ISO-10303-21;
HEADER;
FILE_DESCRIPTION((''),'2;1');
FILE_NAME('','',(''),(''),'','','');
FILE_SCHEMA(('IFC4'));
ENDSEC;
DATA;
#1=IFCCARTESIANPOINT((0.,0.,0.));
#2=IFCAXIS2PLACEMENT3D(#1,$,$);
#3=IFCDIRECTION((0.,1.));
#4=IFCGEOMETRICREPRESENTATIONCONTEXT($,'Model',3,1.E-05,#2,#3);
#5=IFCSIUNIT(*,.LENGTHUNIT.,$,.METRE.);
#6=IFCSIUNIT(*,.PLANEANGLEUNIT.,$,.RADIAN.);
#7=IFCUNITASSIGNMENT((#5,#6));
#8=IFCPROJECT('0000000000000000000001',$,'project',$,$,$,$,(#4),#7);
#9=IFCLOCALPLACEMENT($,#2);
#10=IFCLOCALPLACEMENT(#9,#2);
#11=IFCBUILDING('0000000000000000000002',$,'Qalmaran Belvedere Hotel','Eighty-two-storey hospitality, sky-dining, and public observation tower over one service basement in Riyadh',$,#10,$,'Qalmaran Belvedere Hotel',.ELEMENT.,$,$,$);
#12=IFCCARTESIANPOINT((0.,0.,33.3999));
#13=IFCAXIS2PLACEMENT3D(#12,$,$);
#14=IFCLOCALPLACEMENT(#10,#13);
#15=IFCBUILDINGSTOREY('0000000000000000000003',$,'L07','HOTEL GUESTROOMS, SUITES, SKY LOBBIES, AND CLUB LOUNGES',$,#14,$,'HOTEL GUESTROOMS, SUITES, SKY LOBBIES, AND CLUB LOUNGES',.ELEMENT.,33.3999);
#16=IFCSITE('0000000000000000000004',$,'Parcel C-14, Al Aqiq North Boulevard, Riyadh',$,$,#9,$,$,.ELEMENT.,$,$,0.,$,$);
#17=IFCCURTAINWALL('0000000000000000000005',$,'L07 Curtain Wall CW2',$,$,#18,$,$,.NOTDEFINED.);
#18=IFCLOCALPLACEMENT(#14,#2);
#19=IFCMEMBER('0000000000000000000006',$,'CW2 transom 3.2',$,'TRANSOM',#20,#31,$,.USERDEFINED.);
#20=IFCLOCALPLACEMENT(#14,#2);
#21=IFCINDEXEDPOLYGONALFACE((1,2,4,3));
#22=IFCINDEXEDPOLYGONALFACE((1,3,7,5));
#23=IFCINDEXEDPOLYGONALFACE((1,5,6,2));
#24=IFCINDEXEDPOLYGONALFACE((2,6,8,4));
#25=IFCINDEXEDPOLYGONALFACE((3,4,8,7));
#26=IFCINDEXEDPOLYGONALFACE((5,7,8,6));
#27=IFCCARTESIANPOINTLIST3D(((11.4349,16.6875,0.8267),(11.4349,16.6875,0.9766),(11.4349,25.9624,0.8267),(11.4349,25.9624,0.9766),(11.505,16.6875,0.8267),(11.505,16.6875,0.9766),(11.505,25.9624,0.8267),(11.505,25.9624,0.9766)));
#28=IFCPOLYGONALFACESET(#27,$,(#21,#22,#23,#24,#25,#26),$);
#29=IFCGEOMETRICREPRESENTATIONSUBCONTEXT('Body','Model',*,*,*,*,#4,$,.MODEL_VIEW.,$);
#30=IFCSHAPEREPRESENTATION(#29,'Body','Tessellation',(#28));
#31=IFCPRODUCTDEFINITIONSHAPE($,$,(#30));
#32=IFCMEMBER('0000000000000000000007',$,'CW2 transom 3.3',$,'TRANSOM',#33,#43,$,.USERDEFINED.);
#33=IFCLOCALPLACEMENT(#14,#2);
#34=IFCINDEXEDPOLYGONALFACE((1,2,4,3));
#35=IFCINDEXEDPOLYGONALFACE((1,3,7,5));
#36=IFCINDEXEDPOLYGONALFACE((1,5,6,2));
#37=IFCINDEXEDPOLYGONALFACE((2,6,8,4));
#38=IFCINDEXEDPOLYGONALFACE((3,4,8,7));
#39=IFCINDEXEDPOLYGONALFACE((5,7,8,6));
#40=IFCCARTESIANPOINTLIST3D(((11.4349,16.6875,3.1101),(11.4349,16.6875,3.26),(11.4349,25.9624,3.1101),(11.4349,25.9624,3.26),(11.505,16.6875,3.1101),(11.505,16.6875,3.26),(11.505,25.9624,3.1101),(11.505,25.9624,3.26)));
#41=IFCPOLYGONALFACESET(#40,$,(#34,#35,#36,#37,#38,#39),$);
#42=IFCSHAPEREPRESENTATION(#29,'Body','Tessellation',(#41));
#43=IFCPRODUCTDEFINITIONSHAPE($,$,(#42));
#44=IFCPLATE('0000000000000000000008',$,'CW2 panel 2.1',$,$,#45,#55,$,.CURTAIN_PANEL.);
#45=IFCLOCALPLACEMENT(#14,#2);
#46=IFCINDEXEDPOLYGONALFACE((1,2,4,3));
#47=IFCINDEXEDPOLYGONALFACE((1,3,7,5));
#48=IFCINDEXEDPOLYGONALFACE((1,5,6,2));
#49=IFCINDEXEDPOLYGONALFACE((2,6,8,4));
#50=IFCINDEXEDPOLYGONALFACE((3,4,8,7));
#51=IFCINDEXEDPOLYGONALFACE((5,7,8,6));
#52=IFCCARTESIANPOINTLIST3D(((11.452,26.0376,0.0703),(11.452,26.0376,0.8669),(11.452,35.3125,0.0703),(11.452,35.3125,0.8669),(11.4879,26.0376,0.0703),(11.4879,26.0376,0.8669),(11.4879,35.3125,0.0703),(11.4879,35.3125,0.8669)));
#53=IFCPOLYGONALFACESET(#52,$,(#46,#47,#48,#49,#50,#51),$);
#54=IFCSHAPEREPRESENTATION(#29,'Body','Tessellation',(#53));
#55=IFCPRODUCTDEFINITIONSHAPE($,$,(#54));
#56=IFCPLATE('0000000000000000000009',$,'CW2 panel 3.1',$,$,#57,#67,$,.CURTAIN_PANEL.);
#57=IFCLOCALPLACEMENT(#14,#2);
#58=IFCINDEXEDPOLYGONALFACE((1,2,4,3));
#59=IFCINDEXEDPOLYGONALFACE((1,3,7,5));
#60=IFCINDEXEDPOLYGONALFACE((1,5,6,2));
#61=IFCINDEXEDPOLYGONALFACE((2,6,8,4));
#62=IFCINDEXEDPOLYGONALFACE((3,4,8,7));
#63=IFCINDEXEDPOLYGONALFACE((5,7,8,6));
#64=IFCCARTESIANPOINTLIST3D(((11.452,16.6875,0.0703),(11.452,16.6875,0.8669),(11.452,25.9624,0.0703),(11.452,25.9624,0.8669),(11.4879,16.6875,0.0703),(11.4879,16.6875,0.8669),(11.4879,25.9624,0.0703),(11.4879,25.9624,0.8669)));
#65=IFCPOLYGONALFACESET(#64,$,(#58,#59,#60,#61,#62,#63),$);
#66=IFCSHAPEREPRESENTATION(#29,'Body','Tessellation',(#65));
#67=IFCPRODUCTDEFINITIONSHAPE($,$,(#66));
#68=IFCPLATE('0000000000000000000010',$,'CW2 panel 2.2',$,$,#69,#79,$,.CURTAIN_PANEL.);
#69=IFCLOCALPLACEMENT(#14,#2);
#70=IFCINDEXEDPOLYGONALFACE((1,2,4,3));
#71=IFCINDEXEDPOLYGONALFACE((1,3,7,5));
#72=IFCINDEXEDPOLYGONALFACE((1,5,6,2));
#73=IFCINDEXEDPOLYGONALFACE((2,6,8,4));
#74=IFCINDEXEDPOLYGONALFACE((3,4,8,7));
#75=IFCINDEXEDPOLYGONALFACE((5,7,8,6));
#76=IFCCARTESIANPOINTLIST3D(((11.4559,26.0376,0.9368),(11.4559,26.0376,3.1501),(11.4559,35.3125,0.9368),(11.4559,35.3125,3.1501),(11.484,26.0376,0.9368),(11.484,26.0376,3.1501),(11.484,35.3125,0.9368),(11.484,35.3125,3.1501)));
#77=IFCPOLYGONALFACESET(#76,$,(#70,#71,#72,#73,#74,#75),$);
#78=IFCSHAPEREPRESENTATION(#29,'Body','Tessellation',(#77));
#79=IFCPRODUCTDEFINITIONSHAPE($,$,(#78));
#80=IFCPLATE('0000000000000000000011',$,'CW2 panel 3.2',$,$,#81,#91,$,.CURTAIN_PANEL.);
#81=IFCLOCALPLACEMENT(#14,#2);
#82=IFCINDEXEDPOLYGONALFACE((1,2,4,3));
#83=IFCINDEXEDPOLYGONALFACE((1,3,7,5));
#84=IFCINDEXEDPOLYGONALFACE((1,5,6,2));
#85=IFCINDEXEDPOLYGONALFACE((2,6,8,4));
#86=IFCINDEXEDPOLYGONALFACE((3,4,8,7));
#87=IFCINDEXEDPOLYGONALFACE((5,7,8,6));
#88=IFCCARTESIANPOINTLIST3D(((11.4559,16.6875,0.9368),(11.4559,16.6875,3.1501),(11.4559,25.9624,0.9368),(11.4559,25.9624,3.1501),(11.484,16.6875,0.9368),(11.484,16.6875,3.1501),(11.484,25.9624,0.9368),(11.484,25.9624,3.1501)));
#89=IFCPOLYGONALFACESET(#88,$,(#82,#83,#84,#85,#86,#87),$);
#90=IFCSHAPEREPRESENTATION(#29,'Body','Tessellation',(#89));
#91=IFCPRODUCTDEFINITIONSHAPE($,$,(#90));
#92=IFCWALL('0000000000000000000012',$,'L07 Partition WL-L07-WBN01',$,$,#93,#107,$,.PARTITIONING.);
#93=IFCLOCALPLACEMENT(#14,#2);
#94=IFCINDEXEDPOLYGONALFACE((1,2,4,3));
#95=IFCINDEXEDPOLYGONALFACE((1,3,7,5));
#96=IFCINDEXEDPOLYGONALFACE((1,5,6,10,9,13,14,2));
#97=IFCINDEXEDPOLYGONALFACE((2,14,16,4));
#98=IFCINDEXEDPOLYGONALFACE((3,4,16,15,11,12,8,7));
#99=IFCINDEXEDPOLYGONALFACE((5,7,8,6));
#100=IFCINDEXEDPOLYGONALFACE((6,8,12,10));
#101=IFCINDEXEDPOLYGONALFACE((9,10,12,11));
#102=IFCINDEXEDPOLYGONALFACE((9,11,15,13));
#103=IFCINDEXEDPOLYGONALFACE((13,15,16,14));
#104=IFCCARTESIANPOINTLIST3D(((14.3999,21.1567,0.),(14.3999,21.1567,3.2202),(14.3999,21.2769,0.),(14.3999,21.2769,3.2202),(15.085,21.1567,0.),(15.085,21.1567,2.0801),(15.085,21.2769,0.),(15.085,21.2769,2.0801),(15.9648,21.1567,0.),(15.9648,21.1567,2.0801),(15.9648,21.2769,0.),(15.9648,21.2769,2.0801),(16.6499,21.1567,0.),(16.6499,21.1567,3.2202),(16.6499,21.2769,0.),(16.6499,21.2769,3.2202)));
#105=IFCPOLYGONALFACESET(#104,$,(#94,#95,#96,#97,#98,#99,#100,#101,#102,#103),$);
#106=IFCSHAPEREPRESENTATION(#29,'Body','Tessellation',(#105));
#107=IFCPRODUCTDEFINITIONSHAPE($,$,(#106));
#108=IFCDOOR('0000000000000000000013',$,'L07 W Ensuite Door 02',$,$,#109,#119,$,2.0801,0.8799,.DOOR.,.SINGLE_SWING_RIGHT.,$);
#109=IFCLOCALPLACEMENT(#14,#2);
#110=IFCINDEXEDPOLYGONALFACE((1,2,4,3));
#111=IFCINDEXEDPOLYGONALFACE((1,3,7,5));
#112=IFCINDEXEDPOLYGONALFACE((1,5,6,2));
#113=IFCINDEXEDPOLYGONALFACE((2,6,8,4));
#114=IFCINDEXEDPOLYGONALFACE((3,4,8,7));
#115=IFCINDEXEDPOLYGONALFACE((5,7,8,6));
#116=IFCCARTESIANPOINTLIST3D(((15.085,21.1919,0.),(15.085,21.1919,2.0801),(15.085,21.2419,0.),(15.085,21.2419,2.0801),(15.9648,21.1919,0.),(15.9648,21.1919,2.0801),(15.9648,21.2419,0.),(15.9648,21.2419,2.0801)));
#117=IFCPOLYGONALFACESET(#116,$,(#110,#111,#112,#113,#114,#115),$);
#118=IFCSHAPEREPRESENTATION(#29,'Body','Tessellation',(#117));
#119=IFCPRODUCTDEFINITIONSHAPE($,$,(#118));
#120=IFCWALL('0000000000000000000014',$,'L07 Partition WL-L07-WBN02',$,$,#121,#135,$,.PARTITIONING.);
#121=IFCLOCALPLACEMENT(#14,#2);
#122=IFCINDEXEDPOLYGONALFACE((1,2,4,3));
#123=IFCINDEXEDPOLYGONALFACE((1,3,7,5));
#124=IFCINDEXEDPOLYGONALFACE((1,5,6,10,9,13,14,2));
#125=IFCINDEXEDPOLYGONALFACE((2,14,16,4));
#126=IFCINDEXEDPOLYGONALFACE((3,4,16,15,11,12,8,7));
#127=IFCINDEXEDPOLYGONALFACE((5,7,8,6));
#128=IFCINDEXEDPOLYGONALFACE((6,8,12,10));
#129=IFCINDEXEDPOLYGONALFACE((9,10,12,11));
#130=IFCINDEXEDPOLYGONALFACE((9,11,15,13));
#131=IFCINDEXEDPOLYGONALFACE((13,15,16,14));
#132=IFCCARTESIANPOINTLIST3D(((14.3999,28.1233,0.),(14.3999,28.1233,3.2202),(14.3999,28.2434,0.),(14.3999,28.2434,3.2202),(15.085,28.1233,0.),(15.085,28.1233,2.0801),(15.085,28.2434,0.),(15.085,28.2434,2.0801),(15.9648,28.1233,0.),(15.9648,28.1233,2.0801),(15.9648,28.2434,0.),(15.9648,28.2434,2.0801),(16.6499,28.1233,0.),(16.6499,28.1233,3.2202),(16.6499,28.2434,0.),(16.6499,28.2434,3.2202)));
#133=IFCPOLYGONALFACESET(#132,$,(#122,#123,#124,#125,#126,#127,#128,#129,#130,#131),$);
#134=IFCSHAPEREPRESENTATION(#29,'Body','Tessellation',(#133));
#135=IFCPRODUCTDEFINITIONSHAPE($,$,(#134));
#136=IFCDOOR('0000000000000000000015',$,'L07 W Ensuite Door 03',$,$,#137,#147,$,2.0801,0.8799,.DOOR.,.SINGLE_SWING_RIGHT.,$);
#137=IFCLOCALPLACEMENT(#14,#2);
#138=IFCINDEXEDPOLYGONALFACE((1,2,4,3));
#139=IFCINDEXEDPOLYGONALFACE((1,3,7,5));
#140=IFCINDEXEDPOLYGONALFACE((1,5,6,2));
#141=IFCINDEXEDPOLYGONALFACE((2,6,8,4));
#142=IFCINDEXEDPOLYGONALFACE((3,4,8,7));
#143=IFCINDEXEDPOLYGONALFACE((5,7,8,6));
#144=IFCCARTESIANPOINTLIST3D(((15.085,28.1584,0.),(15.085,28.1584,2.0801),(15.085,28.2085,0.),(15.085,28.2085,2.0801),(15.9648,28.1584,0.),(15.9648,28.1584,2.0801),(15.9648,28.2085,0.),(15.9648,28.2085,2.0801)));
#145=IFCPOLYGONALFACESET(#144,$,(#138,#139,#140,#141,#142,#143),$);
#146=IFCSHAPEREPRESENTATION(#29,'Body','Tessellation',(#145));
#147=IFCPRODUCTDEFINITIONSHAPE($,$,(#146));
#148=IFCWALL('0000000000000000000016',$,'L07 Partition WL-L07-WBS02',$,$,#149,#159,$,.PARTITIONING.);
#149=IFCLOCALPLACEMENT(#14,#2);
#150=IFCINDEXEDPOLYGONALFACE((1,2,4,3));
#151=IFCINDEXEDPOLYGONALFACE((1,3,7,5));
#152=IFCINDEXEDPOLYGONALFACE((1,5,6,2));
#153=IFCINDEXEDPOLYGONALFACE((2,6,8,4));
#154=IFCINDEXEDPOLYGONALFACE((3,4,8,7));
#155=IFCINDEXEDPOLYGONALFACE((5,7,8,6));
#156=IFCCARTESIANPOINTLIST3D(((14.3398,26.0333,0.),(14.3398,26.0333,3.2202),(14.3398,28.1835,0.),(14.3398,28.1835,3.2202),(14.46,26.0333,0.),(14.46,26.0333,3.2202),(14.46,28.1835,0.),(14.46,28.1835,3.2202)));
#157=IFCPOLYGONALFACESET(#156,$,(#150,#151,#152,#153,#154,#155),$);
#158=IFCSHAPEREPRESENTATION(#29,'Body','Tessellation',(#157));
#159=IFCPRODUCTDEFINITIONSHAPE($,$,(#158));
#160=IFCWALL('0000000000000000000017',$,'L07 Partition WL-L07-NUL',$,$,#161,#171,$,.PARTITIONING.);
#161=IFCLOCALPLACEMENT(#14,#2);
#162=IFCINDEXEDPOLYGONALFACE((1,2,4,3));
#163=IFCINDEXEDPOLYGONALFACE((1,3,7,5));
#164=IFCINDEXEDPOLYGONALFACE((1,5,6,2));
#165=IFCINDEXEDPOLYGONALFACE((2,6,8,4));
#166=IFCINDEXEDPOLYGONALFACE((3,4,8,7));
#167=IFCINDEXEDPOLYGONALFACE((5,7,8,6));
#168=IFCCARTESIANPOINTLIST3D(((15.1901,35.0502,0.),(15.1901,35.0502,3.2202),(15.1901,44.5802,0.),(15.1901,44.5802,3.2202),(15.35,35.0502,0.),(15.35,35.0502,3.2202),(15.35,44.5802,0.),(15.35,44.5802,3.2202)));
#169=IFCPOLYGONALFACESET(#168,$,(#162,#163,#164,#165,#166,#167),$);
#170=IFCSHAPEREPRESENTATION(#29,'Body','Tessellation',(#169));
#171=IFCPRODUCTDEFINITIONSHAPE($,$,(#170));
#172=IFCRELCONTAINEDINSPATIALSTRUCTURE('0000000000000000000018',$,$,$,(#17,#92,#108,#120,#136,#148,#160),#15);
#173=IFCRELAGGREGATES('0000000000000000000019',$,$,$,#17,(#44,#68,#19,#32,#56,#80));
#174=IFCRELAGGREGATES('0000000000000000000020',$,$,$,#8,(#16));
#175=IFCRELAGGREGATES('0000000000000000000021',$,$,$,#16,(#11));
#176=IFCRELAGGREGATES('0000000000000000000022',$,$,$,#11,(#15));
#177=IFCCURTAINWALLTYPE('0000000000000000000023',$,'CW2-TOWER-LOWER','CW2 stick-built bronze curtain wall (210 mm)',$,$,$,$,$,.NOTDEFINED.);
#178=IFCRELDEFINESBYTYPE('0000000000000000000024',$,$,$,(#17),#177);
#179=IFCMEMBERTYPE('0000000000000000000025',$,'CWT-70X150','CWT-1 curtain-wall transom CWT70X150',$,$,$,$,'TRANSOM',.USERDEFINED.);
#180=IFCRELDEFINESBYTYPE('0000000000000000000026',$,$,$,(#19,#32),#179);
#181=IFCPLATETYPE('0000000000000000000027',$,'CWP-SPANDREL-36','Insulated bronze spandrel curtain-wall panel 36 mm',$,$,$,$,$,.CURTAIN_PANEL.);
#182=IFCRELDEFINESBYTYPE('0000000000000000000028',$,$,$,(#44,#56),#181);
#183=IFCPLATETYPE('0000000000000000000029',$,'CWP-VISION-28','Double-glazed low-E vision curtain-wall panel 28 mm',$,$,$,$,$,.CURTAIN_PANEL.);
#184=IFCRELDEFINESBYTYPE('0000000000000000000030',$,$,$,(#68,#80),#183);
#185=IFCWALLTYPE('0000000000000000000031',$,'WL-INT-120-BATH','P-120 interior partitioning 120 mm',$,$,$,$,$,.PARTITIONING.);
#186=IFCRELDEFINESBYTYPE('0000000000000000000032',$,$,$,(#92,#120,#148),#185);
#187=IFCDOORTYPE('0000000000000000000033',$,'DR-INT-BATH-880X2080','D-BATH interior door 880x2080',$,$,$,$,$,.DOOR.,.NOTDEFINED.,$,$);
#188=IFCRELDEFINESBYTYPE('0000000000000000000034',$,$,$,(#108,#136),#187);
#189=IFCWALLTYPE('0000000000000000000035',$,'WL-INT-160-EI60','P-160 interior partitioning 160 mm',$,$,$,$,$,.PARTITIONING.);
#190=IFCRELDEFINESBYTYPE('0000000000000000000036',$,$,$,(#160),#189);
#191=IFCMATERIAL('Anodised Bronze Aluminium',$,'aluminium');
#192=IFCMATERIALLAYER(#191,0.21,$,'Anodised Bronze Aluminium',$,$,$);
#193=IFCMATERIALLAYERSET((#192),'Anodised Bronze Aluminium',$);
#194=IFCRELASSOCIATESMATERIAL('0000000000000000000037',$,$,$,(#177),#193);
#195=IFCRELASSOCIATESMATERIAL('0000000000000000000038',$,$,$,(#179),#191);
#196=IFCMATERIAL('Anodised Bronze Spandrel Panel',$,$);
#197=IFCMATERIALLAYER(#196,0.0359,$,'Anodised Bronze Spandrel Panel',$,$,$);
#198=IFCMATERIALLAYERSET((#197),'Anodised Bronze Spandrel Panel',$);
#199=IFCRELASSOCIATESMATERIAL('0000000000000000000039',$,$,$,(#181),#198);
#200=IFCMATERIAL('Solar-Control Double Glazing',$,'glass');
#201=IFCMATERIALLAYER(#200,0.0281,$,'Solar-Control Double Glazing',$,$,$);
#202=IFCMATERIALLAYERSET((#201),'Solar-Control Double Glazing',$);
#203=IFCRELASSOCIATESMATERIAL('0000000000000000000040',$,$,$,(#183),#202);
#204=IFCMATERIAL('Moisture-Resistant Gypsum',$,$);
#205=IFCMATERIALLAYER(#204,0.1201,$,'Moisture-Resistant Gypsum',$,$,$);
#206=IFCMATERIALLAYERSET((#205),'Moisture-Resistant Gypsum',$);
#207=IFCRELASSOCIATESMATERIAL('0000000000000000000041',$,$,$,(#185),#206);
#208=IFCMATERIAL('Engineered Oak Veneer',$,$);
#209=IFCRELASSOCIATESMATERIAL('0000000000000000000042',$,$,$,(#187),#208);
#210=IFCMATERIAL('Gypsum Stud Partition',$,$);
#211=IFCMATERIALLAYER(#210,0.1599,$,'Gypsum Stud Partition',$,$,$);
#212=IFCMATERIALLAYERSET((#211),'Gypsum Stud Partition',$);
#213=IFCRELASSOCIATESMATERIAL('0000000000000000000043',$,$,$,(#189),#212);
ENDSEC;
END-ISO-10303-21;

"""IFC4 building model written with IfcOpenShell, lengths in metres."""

from ifc_helpers import new_model, si_unit, direction, frame, frame_2d, origin, origin_2d, place, context, subcontext, project, spatial, rectangle, extrude, material, layer, layer_set, material_profile, profile_set, type_object, element, fill, aggregate, save


model = new_model("IFC4")

# Units and contexts
model_context = context("Model", 3, precision=1e-05, world=origin(), true_north=direction((0.0, 1.0)))
body_context = subcontext(model_context, "Body", "Model", "MODEL_VIEW")
ifc_project = project(units=[si_unit("LENGTHUNIT", "METRE"), si_unit("PLANEANGLEUNIT", "RADIAN")], contexts=[model_context])

# Site, building, storey
site_placement = place(None, origin())
site = spatial("IfcSite", under=ifc_project, at=site_placement, Name="Parcel C-14, Al Aqiq North Boulevard, Riyadh", CompositionType="ELEMENT", RefElevation=0.0)
building_placement = place(site_placement, origin())
building = spatial("IfcBuilding", under=site, at=building_placement, Name="Qalmaran Belvedere Hotel", Description="Eighty-two-storey hospitality, sky-dining, and public observation tower over one service basement in Riyadh", LongName="Qalmaran Belvedere Hotel", CompositionType="ELEMENT")
storey_placement = place(building_placement, frame((0.0, 0.0, 33.3999)))
storey = spatial("IfcBuildingStorey", under=building, at=storey_placement, Name="L07", Description="HOTEL GUESTROOMS, SUITES, SKY LOBBIES, AND CLUB LOUNGES", LongName="HOTEL GUESTROOMS, SUITES, SKY LOBBIES, AND CLUB LOUNGES", CompositionType="ELEMENT", Elevation=33.3999)

# Curtain wall, members, plates
ifc_material_1 = material(Name="Anodised Bronze Aluminium", Category="aluminium")
ifc_layer_1 = layer(ifc_material_1, 0.21, Name="Anodised Bronze Aluminium")
ifc_layer_set_1 = layer_set([ifc_layer_1], Name="Anodised Bronze Aluminium")
curtain_wall_type = type_object("IfcCurtainWallType", Name="CW2-TOWER-LOWER", Description="CW2 stick-built bronze curtain wall (210 mm)", PredefinedType="NOTDEFINED", material=ifc_layer_set_1)
curtain_wall_placement = place(storey_placement, origin())
curtain_wall = element("IfcCurtainWall", 1, at=curtain_wall_placement, inside=storey, type_object=curtain_wall_type, Name="L07 Curtain Wall CW2", PredefinedType="NOTDEFINED")
ifc_material_profile_1 = material_profile(ifc_material_1, rectangle(XDim=0.0701, YDim=0.1499, at=origin_2d()), Name="CWT70X150")
ifc_profile_set_1 = profile_set([ifc_material_profile_1], Name="Anodised Bronze Aluminium")
member_type_1 = type_object("IfcMemberType", Name="CWT-70X150", Description="CWT-1 curtain-wall transom CWT70X150", ElementType="TRANSOM", PredefinedType="USERDEFINED", material=ifc_profile_set_1)
member_1_placement = place(storey_placement, frame((11.47, 25.9624, 0.9016), z_axis=(0.0, -1.0, 0.0), x_axis=(1.0, 0.0, 0.0)))
member_1 = element("IfcMember", 2, at=member_1_placement, type_object=member_type_1, Name="CW2 transom 3.2", ObjectType="TRANSOM", PredefinedType="USERDEFINED", context=body_context, shape_type="SweptSolid", body=[
    extrude(rectangle(XDim=0.0701, YDim=0.1499, at=origin_2d()), origin(), (0.0, 0.0, 1.0), 9.2749),
])
member_2_placement = place(storey_placement, frame((11.47, 25.9624, 3.1851), z_axis=(0.0, -1.0, 0.0), x_axis=(1.0, 0.0, 0.0)))
member_2 = element("IfcMember", 3, at=member_2_placement, type_object=member_type_1, Name="CW2 transom 3.3", ObjectType="TRANSOM", PredefinedType="USERDEFINED", context=body_context, shape_type="SweptSolid", body=[
    extrude(rectangle(XDim=0.0701, YDim=0.1499, at=origin_2d()), origin(), (0.0, 0.0, 1.0), 9.2749),
])
ifc_material_2 = material(Name="Anodised Bronze Spandrel Panel")
ifc_layer_2 = layer(ifc_material_2, 0.0359, Name="Anodised Bronze Spandrel Panel")
ifc_layer_set_2 = layer_set([ifc_layer_2], Name="Anodised Bronze Spandrel Panel")
plate_type_1 = type_object("IfcPlateType", Name="CWP-SPANDREL-36", Description="Insulated bronze spandrel curtain-wall panel 36 mm", PredefinedType="CURTAIN_PANEL", material=ifc_layer_set_2)
plate_1_placement = place(storey_placement, frame((11.47, 30.675, 0.0703), z_axis=(0.0, 0.0, 1.0), x_axis=(0.0, -1.0, 0.0)))
plate_1 = element("IfcPlate", 4, at=plate_1_placement, type_object=plate_type_1, Name="CW2 panel 2.1", PredefinedType="CURTAIN_PANEL", context=body_context, shape_type="SweptSolid", body=[
    extrude(rectangle(XDim=9.2749, YDim=0.0359, at=origin_2d()), origin(), (0.0, 0.0, 1.0), 0.7966),
])
plate_2_placement = place(storey_placement, frame((11.47, 21.325, 0.0703), z_axis=(0.0, 0.0, 1.0), x_axis=(0.0, -1.0, 0.0)))
plate_2 = element("IfcPlate", 5, at=plate_2_placement, type_object=plate_type_1, Name="CW2 panel 3.1", PredefinedType="CURTAIN_PANEL", context=body_context, shape_type="SweptSolid", body=[
    extrude(rectangle(XDim=9.2749, YDim=0.0359, at=origin_2d()), origin(), (0.0, 0.0, 1.0), 0.7966),
])
ifc_material_3 = material(Name="Solar-Control Double Glazing", Category="glass")
ifc_layer_3 = layer(ifc_material_3, 0.0281, Name="Solar-Control Double Glazing")
ifc_layer_set_3 = layer_set([ifc_layer_3], Name="Solar-Control Double Glazing")
plate_type_2 = type_object("IfcPlateType", Name="CWP-VISION-28", Description="Double-glazed low-E vision curtain-wall panel 28 mm", PredefinedType="CURTAIN_PANEL", material=ifc_layer_set_3)
plate_3_placement = place(storey_placement, frame((11.47, 30.675, 0.9368), z_axis=(0.0, 0.0, 1.0), x_axis=(0.0, -1.0, 0.0)))
plate_3 = element("IfcPlate", 6, at=plate_3_placement, type_object=plate_type_2, Name="CW2 panel 2.2", PredefinedType="CURTAIN_PANEL", context=body_context, shape_type="SweptSolid", body=[
    extrude(rectangle(XDim=9.2749, YDim=0.0281, at=origin_2d()), origin(), (0.0, 0.0, 1.0), 2.2134),
])
plate_4_placement = place(storey_placement, frame((11.47, 21.325, 0.9368), z_axis=(0.0, 0.0, 1.0), x_axis=(0.0, -1.0, 0.0)))
plate_4 = element("IfcPlate", 7, at=plate_4_placement, type_object=plate_type_2, Name="CW2 panel 3.2", PredefinedType="CURTAIN_PANEL", context=body_context, shape_type="SweptSolid", body=[
    extrude(rectangle(XDim=9.2749, YDim=0.0281, at=origin_2d()), origin(), (0.0, 0.0, 1.0), 2.2134),
])
aggregate(curtain_wall, [plate_1, plate_3, member_1, member_2, plate_2, plate_4])

# Walls, openings, doors
ifc_material_4 = material(Name="Moisture-Resistant Gypsum")
ifc_layer_4 = layer(ifc_material_4, 0.1201, Name="Moisture-Resistant Gypsum")
ifc_layer_set_4 = layer_set([ifc_layer_4], Name="Moisture-Resistant Gypsum")
wall_type_1 = type_object("IfcWallType", Name="WL-INT-120-BATH", Description="P-120 interior partitioning 120 mm", PredefinedType="PARTITIONING", material=ifc_layer_set_4)
wall_1_placement = place(storey_placement, frame((14.3999, 21.2168, 0.0), z_axis=(0.0, 0.0, 1.0), x_axis=(1.0, 0.0, 0.0)))
wall_1 = element("IfcWall", 8, at=wall_1_placement, inside=storey, type_object=wall_type_1, Name="L07 Partition WL-L07-WBN01", PredefinedType="PARTITIONING", context=body_context, shape_type="SweptSolid", body=[
    extrude(rectangle(XDim=2.25, YDim=0.1201, at=frame_2d((1.125, 0.0))), origin(), (0.0, 0.0, 1.0), 3.2202),
])
opening_1_placement = place(wall_1_placement, frame((1.5649, 0.0, 0.0), z_axis=(0.0, 0.0, 1.0), x_axis=(-1.0, 0.0, 0.0)))
opening_1 = element("IfcOpeningElement", 9, at=opening_1_placement, cuts=wall_1, PredefinedType="OPENING", context=body_context, shape_type="SweptSolid", body=[
    extrude(rectangle(XDim=0.8799, YDim=2.0801, at=frame_2d((0.4399, 1.04))), frame((0.0, 0.0701, 0.0), z_axis=(0.0, -1.0, 0.0), x_axis=(1.0, 0.0, 0.0)), (0.0, 0.0, 1.0), 0.1401),
])
ifc_material_5 = material(Name="Engineered Oak Veneer")
door_type_1 = type_object("IfcDoorType", Name="DR-INT-BATH-880X2080", Description="D-BATH interior door 880x2080", OperationType="NOTDEFINED", PredefinedType="DOOR", material=ifc_material_5)
door_1_placement = place(opening_1_placement, origin())
door_1 = element("IfcDoor", 10, at=door_1_placement, inside=storey, type_object=door_type_1, Name="L07 W Ensuite Door 02", OperationType="SINGLE_SWING_RIGHT", OverallHeight=2.0801, OverallWidth=0.8799, PredefinedType="DOOR", context=body_context, shape_type="SweptSolid", body=[
    extrude(rectangle(XDim=0.8799, YDim=2.0801, at=frame_2d((0.4399, 1.04))), frame((0.0, 0.0249, 0.0), z_axis=(0.0, -1.0, 0.0), x_axis=(1.0, 0.0, 0.0)), (0.0, 0.0, 1.0), 0.05),
])
fill(opening_1, door_1)
wall_2_placement = place(storey_placement, frame((14.3999, 28.1833, 0.0), z_axis=(0.0, 0.0, 1.0), x_axis=(1.0, 0.0, 0.0)))
wall_2 = element("IfcWall", 11, at=wall_2_placement, inside=storey, type_object=wall_type_1, Name="L07 Partition WL-L07-WBN02", PredefinedType="PARTITIONING", context=body_context, shape_type="SweptSolid", body=[
    extrude(rectangle(XDim=2.25, YDim=0.1201, at=frame_2d((1.125, 0.0))), origin(), (0.0, 0.0, 1.0), 3.2202),
])
opening_2_placement = place(wall_2_placement, frame((1.5649, 0.0, 0.0), z_axis=(0.0, 0.0, 1.0), x_axis=(-1.0, 0.0, 0.0)))
opening_2 = element("IfcOpeningElement", 12, at=opening_2_placement, cuts=wall_2, PredefinedType="OPENING", context=body_context, shape_type="SweptSolid", body=[
    extrude(rectangle(XDim=0.8799, YDim=2.0801, at=frame_2d((0.4399, 1.04))), frame((0.0, 0.0701, 0.0), z_axis=(0.0, -1.0, 0.0), x_axis=(1.0, 0.0, 0.0)), (0.0, 0.0, 1.0), 0.1401),
])
door_2_placement = place(opening_2_placement, origin())
door_2 = element("IfcDoor", 13, at=door_2_placement, inside=storey, type_object=door_type_1, Name="L07 W Ensuite Door 03", OperationType="SINGLE_SWING_RIGHT", OverallHeight=2.0801, OverallWidth=0.8799, PredefinedType="DOOR", context=body_context, shape_type="SweptSolid", body=[
    extrude(rectangle(XDim=0.8799, YDim=2.0801, at=frame_2d((0.4399, 1.04))), frame((0.0, 0.0249, 0.0), z_axis=(0.0, -1.0, 0.0), x_axis=(1.0, 0.0, 0.0)), (0.0, 0.0, 1.0), 0.05),
])
fill(opening_2, door_2)

# Wall
wall_3_placement = place(storey_placement, frame((14.3999, 26.0332, 0.0), z_axis=(0.0, 0.0, 1.0), x_axis=(0.0, 1.0, 0.0)))
element("IfcWall", 14, at=wall_3_placement, inside=storey, type_object=wall_type_1, Name="L07 Partition WL-L07-WBS02", PredefinedType="PARTITIONING", context=body_context, shape_type="SweptSolid", body=[
    extrude(rectangle(XDim=2.1501, YDim=0.1201, at=frame_2d((1.0752, 0.0))), origin(), (0.0, 0.0, 1.0), 3.2202),
])

# Shared definitions
ifc_material_6 = material(Name="Gypsum Stud Partition")

# Wall
ifc_layer_5 = layer(ifc_material_6, 0.1599, Name="Gypsum Stud Partition")
ifc_layer_set_5 = layer_set([ifc_layer_5], Name="Gypsum Stud Partition")
wall_type_2 = type_object("IfcWallType", Name="WL-INT-160-EI60", Description="P-160 interior partitioning 160 mm", PredefinedType="PARTITIONING", material=ifc_layer_set_5)
wall_4_placement = place(storey_placement, frame((15.27, 35.05, 0.0), z_axis=(0.0, 0.0, 1.0), x_axis=(0.0, 1.0, 0.0)))
element("IfcWall", 15, at=wall_4_placement, inside=storey, type_object=wall_type_2, Name="L07 Partition WL-L07-NUL", PredefinedType="PARTITIONING", context=body_context, shape_type="SweptSolid", body=[
    extrude(rectangle(XDim=9.53, YDim=0.1599, at=frame_2d((4.7651, 0.0))), origin(), (0.0, 0.0, 1.0), 3.2202),
])

save(model, "model.ifc")
